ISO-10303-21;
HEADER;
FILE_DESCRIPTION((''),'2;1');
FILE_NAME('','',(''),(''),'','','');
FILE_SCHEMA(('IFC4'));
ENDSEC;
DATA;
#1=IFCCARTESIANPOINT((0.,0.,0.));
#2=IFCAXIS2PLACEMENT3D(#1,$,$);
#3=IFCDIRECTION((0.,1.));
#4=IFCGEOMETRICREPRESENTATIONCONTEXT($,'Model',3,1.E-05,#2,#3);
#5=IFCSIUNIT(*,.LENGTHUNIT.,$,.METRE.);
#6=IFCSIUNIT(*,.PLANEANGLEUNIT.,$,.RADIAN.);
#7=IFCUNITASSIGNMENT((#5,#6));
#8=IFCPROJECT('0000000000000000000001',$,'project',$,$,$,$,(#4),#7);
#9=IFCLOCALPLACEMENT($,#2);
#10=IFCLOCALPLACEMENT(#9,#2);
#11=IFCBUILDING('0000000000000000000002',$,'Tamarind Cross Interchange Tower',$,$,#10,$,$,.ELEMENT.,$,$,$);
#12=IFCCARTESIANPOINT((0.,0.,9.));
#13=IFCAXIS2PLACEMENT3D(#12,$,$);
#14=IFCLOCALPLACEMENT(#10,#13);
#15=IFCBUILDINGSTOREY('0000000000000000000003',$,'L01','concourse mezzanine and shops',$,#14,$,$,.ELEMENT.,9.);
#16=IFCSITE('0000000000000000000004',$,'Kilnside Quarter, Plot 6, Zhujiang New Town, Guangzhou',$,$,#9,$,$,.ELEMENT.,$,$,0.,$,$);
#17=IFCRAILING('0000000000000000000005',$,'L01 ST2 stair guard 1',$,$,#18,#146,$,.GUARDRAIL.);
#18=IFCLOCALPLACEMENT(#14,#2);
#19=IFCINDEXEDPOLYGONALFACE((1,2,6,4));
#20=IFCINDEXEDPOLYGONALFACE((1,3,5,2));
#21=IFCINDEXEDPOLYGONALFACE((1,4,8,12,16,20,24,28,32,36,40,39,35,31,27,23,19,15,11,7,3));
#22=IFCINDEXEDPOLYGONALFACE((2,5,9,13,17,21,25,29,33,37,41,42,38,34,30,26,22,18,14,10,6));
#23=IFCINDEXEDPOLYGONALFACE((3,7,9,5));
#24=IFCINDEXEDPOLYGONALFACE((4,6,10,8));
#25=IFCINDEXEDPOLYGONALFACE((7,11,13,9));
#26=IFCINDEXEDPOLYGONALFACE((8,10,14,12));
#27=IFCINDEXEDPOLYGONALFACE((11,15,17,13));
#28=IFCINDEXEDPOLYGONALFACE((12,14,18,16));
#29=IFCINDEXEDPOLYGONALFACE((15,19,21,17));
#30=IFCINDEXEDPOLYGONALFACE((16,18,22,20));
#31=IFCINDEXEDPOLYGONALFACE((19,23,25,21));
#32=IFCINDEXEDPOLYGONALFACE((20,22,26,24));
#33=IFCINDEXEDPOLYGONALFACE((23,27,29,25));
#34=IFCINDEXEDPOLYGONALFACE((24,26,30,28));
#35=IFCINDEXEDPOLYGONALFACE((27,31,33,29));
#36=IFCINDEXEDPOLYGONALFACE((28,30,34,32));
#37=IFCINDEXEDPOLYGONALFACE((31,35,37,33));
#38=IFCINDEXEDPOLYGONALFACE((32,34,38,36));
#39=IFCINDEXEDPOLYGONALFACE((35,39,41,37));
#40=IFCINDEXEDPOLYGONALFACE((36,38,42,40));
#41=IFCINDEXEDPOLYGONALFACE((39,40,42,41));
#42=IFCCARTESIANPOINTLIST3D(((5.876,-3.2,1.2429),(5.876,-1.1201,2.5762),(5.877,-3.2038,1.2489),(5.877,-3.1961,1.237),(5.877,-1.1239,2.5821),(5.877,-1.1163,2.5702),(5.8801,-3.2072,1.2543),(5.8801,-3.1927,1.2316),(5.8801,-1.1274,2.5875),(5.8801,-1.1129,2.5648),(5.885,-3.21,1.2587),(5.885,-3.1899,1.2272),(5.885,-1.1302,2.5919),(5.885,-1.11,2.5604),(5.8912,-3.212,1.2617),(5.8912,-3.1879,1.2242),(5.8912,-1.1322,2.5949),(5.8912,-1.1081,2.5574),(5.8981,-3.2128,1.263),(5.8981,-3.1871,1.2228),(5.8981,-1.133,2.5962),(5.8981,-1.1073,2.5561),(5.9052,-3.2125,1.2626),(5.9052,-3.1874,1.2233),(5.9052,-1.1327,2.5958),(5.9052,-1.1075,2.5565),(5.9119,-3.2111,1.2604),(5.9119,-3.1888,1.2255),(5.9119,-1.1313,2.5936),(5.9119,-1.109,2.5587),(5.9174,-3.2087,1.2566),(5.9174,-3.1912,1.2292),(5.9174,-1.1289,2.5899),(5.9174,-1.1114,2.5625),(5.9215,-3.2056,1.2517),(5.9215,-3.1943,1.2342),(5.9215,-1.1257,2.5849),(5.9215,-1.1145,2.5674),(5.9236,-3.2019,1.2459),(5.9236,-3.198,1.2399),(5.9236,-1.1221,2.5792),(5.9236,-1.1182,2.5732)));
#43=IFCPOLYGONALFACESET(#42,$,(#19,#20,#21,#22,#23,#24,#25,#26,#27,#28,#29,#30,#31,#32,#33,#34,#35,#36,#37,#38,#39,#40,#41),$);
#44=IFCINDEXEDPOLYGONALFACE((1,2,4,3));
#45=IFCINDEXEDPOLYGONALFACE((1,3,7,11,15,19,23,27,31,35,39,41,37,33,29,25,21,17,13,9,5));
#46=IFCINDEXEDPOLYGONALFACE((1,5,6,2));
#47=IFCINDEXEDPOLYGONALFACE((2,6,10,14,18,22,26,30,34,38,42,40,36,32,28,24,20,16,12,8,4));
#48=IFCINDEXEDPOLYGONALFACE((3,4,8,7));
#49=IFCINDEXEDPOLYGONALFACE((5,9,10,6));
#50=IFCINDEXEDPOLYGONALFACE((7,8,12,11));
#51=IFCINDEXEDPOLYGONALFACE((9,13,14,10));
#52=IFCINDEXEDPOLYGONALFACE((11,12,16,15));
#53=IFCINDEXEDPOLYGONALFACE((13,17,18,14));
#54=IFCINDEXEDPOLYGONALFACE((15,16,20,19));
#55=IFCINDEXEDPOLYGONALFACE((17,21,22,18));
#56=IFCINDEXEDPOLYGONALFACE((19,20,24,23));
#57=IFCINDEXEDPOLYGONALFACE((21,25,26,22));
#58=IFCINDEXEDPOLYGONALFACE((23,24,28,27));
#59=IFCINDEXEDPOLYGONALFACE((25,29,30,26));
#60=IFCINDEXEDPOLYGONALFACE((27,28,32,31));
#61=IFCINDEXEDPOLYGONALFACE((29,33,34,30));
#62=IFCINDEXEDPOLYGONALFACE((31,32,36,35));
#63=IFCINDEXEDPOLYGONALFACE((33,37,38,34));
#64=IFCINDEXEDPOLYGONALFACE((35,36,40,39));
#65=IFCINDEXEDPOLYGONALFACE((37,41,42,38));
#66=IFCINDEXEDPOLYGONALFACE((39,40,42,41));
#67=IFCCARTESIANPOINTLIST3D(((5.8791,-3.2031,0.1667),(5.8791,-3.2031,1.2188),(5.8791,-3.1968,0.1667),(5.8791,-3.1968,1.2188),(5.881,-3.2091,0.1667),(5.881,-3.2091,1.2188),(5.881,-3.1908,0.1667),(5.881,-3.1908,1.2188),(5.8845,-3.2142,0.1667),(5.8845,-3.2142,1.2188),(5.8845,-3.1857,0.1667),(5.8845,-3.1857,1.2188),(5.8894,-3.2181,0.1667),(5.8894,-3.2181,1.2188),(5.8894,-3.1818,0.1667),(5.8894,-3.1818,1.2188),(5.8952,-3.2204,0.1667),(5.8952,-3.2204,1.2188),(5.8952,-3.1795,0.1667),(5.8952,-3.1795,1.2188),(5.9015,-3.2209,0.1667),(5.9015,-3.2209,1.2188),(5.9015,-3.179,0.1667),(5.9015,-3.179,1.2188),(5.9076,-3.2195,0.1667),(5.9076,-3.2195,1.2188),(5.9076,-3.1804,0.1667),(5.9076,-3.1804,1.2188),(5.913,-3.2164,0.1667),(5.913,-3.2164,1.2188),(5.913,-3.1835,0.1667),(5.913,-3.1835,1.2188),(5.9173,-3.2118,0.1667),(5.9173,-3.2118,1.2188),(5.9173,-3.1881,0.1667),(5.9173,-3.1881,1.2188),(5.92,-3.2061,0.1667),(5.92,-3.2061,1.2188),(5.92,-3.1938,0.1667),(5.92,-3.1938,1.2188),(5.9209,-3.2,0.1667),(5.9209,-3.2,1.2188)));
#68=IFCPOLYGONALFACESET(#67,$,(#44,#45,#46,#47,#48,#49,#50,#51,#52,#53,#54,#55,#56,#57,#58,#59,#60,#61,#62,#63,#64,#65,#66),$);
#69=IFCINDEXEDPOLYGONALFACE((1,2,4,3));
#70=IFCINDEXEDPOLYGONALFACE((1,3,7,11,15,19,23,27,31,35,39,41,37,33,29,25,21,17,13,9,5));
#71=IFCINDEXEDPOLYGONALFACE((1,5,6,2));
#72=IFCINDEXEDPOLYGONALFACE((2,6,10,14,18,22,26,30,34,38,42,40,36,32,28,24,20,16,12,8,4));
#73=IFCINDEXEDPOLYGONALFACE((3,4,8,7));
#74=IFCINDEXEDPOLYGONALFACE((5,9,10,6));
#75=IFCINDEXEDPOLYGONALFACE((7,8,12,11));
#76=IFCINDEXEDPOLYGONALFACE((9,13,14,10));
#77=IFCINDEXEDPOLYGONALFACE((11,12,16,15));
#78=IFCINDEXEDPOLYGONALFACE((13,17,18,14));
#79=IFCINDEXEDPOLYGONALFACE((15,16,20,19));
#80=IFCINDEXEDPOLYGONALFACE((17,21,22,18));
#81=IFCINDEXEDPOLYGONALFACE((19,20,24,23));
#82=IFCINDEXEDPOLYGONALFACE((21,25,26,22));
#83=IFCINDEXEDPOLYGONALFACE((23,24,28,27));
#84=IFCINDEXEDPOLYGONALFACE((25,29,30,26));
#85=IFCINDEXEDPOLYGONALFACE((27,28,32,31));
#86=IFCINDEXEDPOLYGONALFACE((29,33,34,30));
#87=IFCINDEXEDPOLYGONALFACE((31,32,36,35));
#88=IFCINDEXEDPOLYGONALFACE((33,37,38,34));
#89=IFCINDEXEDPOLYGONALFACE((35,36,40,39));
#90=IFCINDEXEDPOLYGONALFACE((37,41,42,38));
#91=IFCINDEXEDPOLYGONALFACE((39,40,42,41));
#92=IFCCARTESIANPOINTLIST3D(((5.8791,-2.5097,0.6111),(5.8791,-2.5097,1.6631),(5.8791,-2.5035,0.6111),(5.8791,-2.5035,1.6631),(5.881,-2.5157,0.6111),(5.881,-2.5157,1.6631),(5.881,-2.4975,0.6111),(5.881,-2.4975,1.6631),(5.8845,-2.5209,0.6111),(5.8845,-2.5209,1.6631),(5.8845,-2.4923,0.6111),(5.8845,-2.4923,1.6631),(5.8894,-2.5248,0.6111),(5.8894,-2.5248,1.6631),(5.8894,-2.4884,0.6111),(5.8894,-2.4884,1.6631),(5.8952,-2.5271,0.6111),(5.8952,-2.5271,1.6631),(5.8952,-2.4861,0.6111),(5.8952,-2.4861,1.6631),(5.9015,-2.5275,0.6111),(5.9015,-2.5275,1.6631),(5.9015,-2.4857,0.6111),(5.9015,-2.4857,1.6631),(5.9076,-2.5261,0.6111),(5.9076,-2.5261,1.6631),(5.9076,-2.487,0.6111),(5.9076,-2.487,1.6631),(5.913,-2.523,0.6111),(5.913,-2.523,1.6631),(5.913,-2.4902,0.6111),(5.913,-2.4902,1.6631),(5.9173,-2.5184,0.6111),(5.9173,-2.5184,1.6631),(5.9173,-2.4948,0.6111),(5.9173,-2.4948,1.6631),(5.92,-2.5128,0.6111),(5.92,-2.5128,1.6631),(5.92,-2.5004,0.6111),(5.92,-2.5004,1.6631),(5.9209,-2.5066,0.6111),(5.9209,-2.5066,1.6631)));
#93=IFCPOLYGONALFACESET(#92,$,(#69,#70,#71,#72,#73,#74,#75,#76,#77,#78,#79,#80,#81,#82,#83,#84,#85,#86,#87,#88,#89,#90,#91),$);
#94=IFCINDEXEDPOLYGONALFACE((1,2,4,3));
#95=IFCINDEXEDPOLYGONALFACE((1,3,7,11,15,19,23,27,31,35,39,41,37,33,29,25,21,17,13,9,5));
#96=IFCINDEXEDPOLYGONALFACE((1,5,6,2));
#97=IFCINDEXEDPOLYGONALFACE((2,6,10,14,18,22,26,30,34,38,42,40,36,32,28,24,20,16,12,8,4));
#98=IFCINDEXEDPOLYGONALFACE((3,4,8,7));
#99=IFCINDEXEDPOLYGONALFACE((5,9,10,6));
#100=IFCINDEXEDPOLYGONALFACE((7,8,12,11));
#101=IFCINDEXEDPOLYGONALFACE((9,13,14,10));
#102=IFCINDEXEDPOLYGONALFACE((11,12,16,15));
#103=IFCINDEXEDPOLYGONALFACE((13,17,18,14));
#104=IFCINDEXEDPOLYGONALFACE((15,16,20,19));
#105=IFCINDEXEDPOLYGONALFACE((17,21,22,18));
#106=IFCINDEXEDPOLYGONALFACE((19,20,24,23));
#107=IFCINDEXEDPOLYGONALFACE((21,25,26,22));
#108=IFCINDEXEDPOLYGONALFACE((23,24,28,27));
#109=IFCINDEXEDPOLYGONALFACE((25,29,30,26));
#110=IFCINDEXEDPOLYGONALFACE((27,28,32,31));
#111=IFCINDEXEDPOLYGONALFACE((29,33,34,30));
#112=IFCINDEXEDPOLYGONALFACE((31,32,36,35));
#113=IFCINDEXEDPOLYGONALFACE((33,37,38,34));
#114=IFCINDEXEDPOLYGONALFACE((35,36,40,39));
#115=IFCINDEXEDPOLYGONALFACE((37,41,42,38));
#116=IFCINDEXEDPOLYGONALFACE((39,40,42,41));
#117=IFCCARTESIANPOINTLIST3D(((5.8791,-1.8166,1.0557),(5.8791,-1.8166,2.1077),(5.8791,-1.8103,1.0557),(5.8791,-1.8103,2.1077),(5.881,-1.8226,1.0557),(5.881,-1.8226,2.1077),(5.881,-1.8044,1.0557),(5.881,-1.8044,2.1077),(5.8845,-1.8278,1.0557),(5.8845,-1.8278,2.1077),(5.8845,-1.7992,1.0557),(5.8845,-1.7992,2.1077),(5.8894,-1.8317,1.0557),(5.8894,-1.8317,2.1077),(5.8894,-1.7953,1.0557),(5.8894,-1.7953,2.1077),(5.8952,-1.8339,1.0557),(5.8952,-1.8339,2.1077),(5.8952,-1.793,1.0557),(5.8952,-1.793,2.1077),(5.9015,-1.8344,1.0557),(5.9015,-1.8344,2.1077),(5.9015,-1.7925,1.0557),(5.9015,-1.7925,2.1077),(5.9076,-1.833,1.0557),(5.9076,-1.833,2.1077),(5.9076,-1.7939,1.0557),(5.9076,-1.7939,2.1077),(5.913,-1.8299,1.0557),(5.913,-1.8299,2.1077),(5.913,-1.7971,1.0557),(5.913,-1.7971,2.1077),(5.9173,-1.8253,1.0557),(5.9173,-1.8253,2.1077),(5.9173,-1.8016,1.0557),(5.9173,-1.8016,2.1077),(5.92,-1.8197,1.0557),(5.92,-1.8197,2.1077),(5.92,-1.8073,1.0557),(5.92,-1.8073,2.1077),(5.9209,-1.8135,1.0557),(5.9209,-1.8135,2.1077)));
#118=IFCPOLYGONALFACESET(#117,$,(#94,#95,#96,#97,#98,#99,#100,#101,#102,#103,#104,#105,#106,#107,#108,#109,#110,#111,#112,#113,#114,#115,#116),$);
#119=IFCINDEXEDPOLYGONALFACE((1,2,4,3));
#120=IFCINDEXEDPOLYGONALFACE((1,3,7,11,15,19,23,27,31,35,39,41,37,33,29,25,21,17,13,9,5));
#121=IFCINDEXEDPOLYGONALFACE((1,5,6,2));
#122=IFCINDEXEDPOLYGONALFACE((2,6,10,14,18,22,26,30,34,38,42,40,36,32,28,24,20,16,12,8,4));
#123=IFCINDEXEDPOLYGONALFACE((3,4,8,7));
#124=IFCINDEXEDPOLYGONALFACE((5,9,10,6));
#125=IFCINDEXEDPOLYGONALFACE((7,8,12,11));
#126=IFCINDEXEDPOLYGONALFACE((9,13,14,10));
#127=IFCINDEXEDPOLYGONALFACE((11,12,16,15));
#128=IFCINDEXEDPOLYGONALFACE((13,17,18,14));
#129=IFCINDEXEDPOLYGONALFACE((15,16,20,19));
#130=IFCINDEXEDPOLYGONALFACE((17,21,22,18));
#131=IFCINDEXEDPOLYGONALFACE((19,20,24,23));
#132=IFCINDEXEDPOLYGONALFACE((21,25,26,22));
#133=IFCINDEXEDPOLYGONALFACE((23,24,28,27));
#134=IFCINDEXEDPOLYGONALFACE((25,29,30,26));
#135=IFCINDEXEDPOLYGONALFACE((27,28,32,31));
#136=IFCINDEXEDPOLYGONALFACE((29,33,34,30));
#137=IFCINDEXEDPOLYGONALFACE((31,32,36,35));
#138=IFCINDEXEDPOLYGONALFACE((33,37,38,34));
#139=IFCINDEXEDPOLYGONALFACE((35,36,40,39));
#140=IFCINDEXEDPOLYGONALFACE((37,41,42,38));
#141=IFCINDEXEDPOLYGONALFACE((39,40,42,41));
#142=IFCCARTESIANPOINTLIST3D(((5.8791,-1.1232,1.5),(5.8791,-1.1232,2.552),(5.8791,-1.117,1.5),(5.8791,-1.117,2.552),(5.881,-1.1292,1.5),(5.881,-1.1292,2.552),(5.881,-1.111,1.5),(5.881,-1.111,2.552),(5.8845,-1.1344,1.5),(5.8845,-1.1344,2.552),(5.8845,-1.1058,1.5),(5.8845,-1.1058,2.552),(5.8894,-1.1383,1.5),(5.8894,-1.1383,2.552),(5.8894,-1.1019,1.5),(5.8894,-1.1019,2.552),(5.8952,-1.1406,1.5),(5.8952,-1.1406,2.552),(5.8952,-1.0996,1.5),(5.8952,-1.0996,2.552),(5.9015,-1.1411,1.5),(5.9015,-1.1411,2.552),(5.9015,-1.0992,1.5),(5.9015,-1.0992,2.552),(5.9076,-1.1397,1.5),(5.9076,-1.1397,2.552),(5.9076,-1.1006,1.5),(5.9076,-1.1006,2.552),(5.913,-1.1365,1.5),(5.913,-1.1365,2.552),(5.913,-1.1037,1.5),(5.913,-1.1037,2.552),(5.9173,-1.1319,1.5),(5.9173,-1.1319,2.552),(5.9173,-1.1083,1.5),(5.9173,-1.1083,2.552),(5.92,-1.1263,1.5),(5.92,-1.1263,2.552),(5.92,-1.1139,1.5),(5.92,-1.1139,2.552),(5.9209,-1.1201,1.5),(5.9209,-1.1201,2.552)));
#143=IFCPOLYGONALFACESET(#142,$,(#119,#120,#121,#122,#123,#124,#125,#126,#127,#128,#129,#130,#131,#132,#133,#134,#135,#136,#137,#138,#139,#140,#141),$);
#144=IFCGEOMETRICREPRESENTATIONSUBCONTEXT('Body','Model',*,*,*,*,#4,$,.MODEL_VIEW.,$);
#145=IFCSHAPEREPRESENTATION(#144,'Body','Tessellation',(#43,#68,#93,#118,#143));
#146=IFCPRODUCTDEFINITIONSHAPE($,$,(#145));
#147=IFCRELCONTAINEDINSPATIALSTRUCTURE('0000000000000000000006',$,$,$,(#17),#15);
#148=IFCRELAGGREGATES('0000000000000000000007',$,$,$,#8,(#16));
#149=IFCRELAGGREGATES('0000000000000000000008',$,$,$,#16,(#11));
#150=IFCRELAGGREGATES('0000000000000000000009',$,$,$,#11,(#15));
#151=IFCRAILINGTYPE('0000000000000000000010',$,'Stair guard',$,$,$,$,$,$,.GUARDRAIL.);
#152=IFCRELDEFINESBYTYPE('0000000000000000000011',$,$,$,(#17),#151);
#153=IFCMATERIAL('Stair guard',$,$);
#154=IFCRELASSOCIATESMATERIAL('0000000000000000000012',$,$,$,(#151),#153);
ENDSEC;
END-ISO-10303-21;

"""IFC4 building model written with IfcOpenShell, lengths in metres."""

from ifc_helpers import new_model, si_unit, direction, frame, origin, origin_2d, place, context, subcontext, project, spatial, circle, extrude, material, type_object, element, save


model = new_model("IFC4")

# Units and contexts
model_context = context("Model", 3, precision=1e-05, world=origin(), true_north=direction((0.0, 1.0)))
body_context = subcontext(model_context, "Body", "Model", "MODEL_VIEW")
ifc_project = project(units=[si_unit("LENGTHUNIT", "METRE"), si_unit("PLANEANGLEUNIT", "RADIAN")], contexts=[model_context])

# Site, building, storey
site_placement = place(None, origin())
site = spatial("IfcSite", under=ifc_project, at=site_placement, Name="Kilnside Quarter, Plot 6, Zhujiang New Town, Guangzhou", CompositionType="ELEMENT", RefElevation=0.0)
building_placement = place(site_placement, origin())
building = spatial("IfcBuilding", under=site, at=building_placement, Name="Tamarind Cross Interchange Tower", CompositionType="ELEMENT")
storey_placement = place(building_placement, frame((0.0, 0.0, 9.0)))
storey = spatial("IfcBuildingStorey", under=building, at=storey_placement, Name="L01", Description="concourse mezzanine and shops", CompositionType="ELEMENT", Elevation=9.0)

# Railing
ifc_material_1 = material(Name="Stair guard")
railing_type_1 = type_object("IfcRailingType", Name="Stair guard", PredefinedType="GUARDRAIL", material=ifc_material_1)
railing_1_placement = place(storey_placement, frame((5.8999, -3.2, 0.1667)))
element("IfcRailing", 1, at=railing_1_placement, inside=storey, type_object=railing_type_1, Name="L01 ST2 stair guard 1", PredefinedType="GUARDRAIL", context=body_context, shape_type="SweptSolid", body=[
    extrude(circle(Radius=0.0239, at=origin_2d()), frame((0.0, 0.0, 1.0762), z_axis=(0.0, 0.841875, 0.539673), x_axis=(-1.0, 0.0, 0.0)), (0.0, 0.0, 1.0), 2.4705),
    extrude(circle(Radius=0.021, at=origin_2d()), origin(), (0.0, 0.0, 1.0), 1.052),
    extrude(circle(Radius=0.021, at=origin_2d()), frame((0.0, 0.6934, 0.4443)), (0.0, 0.0, 1.0), 1.052),
    extrude(circle(Radius=0.021, at=origin_2d()), frame((0.0, 1.3865, 0.8889)), (0.0, 0.0, 1.0), 1.052),
    extrude(circle(Radius=0.021, at=origin_2d()), frame((0.0, 2.0798, 1.3333)), (0.0, 0.0, 1.0), 1.052),
])

save(model, "model.ifc")
